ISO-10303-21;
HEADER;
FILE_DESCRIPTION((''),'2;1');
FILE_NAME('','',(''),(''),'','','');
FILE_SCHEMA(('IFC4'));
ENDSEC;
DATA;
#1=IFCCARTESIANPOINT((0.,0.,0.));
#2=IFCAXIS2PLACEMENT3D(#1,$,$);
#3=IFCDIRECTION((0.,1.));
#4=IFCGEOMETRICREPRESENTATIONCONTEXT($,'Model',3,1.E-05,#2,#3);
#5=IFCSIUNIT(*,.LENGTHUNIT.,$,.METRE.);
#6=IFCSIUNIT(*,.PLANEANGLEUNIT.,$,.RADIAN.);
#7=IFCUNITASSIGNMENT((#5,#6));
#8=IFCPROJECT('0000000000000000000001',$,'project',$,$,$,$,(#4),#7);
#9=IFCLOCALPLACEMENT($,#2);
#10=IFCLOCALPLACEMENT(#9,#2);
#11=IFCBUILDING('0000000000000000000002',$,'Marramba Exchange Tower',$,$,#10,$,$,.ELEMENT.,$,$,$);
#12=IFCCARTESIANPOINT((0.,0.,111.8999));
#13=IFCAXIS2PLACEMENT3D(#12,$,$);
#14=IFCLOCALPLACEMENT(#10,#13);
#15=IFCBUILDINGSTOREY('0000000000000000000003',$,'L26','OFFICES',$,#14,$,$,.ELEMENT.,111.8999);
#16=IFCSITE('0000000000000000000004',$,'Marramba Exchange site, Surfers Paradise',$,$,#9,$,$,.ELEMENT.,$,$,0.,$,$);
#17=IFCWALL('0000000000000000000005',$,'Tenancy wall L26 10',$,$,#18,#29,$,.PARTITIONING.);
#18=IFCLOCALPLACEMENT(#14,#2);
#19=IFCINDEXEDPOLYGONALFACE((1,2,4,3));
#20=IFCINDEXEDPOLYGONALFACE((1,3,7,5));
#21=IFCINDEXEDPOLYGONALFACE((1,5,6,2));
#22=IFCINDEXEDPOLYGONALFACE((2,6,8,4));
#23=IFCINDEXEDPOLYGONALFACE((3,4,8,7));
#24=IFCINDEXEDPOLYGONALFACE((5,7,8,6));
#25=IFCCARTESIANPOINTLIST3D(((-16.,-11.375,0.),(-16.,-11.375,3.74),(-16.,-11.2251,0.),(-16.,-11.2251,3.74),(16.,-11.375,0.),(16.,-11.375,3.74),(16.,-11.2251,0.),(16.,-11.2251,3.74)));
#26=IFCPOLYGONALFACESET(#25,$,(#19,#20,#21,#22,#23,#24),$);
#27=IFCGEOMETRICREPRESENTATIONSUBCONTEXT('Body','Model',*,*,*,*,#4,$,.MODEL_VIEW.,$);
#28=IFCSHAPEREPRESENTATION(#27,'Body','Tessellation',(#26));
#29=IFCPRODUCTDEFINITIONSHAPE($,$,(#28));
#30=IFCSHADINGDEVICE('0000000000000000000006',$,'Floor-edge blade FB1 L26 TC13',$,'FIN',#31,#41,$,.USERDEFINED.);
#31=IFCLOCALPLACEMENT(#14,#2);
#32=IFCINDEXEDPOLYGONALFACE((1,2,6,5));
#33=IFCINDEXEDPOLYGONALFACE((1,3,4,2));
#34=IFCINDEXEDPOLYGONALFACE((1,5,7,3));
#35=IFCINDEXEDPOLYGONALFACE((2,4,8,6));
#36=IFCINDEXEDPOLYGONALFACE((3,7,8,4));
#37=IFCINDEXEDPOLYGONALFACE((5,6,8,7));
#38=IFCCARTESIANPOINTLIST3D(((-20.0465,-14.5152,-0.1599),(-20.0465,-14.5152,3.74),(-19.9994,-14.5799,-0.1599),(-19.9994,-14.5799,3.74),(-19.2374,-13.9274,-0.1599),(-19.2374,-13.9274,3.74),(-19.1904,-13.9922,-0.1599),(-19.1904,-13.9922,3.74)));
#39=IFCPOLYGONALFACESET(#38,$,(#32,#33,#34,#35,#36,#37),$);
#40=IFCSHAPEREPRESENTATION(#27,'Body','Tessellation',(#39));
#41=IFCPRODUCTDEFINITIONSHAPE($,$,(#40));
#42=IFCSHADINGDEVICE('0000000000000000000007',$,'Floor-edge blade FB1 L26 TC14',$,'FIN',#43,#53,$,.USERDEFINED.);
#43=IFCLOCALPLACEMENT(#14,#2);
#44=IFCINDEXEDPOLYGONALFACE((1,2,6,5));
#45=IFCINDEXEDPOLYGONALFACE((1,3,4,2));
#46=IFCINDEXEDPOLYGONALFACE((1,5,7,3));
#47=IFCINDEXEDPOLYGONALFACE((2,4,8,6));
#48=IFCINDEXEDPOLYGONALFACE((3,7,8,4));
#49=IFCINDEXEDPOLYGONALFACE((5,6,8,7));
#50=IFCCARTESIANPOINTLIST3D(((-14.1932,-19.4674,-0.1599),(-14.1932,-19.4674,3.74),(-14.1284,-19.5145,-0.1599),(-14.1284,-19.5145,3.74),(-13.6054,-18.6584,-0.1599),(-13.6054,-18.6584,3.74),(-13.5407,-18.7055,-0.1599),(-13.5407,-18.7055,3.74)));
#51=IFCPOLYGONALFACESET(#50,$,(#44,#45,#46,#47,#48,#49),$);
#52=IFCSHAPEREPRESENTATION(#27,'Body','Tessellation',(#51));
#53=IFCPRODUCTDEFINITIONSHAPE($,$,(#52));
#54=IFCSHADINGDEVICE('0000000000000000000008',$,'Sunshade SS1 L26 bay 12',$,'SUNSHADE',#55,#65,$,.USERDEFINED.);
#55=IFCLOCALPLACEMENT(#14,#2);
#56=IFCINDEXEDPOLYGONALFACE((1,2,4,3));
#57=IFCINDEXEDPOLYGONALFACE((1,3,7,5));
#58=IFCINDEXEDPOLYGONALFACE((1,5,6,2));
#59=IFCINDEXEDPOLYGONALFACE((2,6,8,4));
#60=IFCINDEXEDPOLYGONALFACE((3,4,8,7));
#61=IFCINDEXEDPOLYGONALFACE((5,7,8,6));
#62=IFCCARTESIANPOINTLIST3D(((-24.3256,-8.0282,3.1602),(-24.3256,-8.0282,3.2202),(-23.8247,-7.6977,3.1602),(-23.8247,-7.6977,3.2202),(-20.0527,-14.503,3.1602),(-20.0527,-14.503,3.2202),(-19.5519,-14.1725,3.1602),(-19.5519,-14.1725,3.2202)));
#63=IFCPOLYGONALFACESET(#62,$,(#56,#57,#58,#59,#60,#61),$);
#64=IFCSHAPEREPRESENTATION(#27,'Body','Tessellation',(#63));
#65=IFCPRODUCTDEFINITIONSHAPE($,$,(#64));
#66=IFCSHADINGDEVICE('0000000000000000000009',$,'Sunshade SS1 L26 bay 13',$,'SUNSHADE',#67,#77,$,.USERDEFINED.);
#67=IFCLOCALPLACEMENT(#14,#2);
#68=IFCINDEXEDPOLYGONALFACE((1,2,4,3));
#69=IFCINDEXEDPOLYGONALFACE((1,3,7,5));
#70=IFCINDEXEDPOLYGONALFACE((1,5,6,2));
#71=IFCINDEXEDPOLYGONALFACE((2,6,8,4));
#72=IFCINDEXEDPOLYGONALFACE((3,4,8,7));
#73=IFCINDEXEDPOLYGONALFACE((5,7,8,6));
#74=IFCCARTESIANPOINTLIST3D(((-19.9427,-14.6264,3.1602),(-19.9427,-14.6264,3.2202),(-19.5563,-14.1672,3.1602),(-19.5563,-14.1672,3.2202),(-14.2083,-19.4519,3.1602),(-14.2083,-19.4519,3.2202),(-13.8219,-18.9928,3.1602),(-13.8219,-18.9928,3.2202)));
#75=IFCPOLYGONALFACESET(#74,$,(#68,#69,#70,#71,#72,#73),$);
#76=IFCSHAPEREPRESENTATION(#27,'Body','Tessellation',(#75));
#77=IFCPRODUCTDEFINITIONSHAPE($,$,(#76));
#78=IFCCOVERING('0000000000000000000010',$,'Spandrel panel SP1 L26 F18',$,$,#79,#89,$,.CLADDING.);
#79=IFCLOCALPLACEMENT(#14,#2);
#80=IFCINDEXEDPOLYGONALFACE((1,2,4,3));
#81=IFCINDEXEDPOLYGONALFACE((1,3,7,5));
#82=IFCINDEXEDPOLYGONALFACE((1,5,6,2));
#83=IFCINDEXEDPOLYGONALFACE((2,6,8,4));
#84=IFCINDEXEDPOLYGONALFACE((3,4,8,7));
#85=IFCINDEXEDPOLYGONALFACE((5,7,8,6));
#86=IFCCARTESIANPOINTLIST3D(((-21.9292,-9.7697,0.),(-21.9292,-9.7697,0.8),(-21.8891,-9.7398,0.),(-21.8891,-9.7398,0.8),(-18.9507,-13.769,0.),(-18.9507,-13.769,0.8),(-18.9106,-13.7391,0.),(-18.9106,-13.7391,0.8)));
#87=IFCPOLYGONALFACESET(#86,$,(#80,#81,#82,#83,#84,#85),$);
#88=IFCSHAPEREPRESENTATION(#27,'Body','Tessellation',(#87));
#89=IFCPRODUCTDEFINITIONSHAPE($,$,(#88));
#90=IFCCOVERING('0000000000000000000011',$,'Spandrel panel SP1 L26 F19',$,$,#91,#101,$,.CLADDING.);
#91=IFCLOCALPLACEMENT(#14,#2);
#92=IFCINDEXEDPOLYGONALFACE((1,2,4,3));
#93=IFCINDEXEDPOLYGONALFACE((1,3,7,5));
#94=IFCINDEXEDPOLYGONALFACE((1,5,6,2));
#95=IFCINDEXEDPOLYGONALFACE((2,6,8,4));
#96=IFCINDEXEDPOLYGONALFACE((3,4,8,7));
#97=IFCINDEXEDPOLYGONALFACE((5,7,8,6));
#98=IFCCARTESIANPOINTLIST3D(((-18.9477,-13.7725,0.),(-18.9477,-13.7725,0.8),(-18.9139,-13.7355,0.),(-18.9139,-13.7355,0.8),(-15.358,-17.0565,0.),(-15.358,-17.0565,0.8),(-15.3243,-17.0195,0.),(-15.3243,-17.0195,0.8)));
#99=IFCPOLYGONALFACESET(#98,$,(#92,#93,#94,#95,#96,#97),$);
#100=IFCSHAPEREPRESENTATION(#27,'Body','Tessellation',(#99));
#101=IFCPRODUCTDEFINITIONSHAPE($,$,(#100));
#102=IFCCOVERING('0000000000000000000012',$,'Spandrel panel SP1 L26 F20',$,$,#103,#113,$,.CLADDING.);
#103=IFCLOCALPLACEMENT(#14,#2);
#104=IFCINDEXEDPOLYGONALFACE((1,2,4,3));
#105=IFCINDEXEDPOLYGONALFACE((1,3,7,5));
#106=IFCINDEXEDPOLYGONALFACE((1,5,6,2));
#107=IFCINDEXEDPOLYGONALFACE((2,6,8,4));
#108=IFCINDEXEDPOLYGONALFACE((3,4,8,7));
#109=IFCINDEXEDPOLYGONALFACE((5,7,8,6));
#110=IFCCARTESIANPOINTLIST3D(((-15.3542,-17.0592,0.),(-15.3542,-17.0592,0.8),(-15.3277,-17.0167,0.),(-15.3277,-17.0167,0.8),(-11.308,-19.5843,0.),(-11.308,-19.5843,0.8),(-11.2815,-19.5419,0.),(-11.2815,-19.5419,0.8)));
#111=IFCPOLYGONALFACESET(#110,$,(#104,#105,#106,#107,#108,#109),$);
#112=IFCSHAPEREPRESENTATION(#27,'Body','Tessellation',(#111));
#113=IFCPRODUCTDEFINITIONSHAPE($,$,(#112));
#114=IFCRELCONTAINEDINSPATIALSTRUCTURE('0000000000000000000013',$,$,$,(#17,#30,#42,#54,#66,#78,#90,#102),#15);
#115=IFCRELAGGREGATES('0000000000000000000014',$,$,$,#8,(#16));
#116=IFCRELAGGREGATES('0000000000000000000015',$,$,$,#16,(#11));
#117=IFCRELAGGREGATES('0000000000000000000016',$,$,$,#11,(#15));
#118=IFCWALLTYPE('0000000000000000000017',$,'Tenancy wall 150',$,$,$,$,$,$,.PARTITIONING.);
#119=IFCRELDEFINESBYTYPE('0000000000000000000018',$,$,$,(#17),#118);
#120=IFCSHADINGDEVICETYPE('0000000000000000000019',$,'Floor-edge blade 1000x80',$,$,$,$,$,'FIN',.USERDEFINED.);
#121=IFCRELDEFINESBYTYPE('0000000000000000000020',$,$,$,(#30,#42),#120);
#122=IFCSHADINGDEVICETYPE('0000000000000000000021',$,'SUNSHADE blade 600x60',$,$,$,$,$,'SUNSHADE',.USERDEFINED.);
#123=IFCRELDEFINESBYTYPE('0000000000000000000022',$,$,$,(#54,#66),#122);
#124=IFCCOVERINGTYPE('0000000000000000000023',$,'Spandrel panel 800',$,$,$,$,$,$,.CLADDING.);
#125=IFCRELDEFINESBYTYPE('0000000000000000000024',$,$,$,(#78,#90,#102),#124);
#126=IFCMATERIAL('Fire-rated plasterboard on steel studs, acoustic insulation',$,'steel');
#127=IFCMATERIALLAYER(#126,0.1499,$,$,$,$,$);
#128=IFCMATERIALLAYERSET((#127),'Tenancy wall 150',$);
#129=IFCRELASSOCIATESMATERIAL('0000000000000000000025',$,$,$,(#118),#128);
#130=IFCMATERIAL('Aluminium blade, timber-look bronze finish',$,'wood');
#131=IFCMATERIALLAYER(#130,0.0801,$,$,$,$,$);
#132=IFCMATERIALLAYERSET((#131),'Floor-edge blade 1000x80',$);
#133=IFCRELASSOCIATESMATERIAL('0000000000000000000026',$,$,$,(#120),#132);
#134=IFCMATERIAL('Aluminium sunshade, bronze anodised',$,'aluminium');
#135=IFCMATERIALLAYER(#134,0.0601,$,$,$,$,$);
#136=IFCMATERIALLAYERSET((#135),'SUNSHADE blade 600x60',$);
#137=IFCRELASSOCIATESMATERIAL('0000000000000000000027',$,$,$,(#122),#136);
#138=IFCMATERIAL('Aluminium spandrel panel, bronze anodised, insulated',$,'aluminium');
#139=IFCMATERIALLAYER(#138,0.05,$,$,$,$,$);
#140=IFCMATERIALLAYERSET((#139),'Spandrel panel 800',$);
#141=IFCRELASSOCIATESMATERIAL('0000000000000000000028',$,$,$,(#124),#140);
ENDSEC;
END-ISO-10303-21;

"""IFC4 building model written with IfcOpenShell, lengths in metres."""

from ifc_helpers import new_model, si_unit, direction, frame, frame_2d, origin, origin_2d, place, context, subcontext, project, spatial, rectangle, extrude, material, layer, layer_set, type_object, element, save


model = new_model("IFC4")

# Units and contexts
model_context = context("Model", 3, precision=1e-05, world=origin(), true_north=direction((0.0, 1.0)))
body_context = subcontext(model_context, "Body", "Model", "MODEL_VIEW")
ifc_project = project(units=[si_unit("LENGTHUNIT", "METRE"), si_unit("PLANEANGLEUNIT", "RADIAN")], contexts=[model_context])

# Site, building, storey
site_placement = place(None, origin())
site = spatial("IfcSite", under=ifc_project, at=site_placement, Name="Marramba Exchange site, Surfers Paradise", CompositionType="ELEMENT", RefElevation=0.0)
building_placement = place(site_placement, origin())
building = spatial("IfcBuilding", under=site, at=building_placement, Name="Marramba Exchange Tower", CompositionType="ELEMENT")
storey_placement = place(building_placement, frame((0.0, 0.0, 111.8999)))
storey = spatial("IfcBuildingStorey", under=building, at=storey_placement, Name="L26", Description="OFFICES", CompositionType="ELEMENT", Elevation=111.8999)

# Wall
ifc_material_1 = material(Name="Fire-rated plasterboard on steel studs, acoustic insulation", Category="steel")
ifc_layer_1 = layer(ifc_material_1, 0.1499)
ifc_layer_set_1 = layer_set([ifc_layer_1], Name="Tenancy wall 150")
wall_type_1 = type_object("IfcWallType", Name="Tenancy wall 150", PredefinedType="PARTITIONING", material=ifc_layer_set_1)
wall_1_placement = place(storey_placement, frame((-16.0, -11.3, 0.0), z_axis=(0.0, 0.0, 1.0), x_axis=(1.0, 0.0, 0.0)))
element("IfcWall", 1, at=wall_1_placement, inside=storey, type_object=wall_type_1, Name="Tenancy wall L26 10", PredefinedType="PARTITIONING", context=body_context, shape_type="SweptSolid", body=[
    extrude(rectangle(XDim=32.0, YDim=0.1499, at=frame_2d((16.0, 0.0))), origin(), (0.0, 0.0, 1.0), 3.74),
])

# Shading devices
ifc_material_2 = material(Name="Aluminium blade, timber-look bronze finish", Category="wood")
ifc_layer_2 = layer(ifc_material_2, 0.0801)
ifc_layer_set_2 = layer_set([ifc_layer_2], Name="Floor-edge blade 1000x80")
shading_device_type_1 = type_object("IfcShadingDeviceType", Name="Floor-edge blade 1000x80", ElementType="FIN", PredefinedType="USERDEFINED", material=ifc_layer_set_2)
for number, where, z_axis, x_axis, name in (
    (2, (-19.6184, -14.2537, -0.1599), (0.0, 0.0, 1.0), (-0.809017, -0.587785, 0.0), "Floor-edge blade FB1 L26 TC13"),
    (3, (-13.8669, -19.0864, -0.1599), (0.0, 0.0, 1.0), (-0.587785, -0.809017, 0.0), "Floor-edge blade FB1 L26 TC14"),
):
    element("IfcShadingDevice", number, at=place(storey_placement, frame(where, z_axis=z_axis, x_axis=x_axis)), inside=storey, type_object=shading_device_type_1, Name=name, ObjectType="FIN", PredefinedType="USERDEFINED", context=body_context, shape_type="SweptSolid", body=[
        extrude(rectangle(XDim=1.0, YDim=0.0801, at=origin_2d()), origin(), (0.0, 0.0, 1.0), 3.8999),
    ])
ifc_material_3 = material(Name="Aluminium sunshade, bronze anodised", Category="aluminium")
ifc_layer_3 = layer(ifc_material_3, 0.0601)
ifc_layer_set_3 = layer_set([ifc_layer_3], Name="SUNSHADE blade 600x60")
shading_device_type_2 = type_object("IfcShadingDeviceType", Name="SUNSHADE blade 600x60", ElementType="SUNSHADE", PredefinedType="USERDEFINED", material=ifc_layer_set_3)
shading_device_1_placement = place(storey_placement, frame((-21.9387, -11.1003, 3.1602), z_axis=(0.0, 0.0, 1.0), x_axis=(0.550792, -0.834642, 0.0)))
element("IfcShadingDevice", 4, at=shading_device_1_placement, inside=storey, type_object=shading_device_type_2, Name="Sunshade SS1 L26 bay 12", ObjectType="SUNSHADE", PredefinedType="USERDEFINED", context=body_context, shape_type="SweptSolid", body=[
    extrude(rectangle(XDim=7.7576, YDim=0.6001, at=origin_2d()), origin(), (0.0, 0.0, 1.0), 0.0601),
])
shading_device_2_placement = place(storey_placement, frame((-16.8823, -16.8096, 3.1602), z_axis=(0.0, 0.0, 1.0), x_axis=(0.765139, -0.643866, 0.0)))
element("IfcShadingDevice", 5, at=shading_device_2_placement, inside=storey, type_object=shading_device_type_2, Name="Sunshade SS1 L26 bay 13", ObjectType="SUNSHADE", PredefinedType="USERDEFINED", context=body_context, shape_type="SweptSolid", body=[
    extrude(rectangle(XDim=7.4946, YDim=0.6001, at=origin_2d()), origin(), (0.0, 0.0, 1.0), 0.0601),
])

# Coverings
ifc_material_4 = material(Name="Aluminium spandrel panel, bronze anodised, insulated", Category="aluminium")
ifc_layer_4 = layer(ifc_material_4, 0.05)
ifc_layer_set_4 = layer_set([ifc_layer_4], Name="Spandrel panel 800")
covering_type = type_object("IfcCoveringType", Name="Spandrel panel 800", PredefinedType="CLADDING", material=ifc_layer_set_4)
covering_1_placement = place(storey_placement, frame((-20.4199, -11.7544, 0.0), z_axis=(0.0, 0.0, 1.0), x_axis=(0.597305, -0.802014, 0.0)))
element("IfcCovering", 6, at=covering_1_placement, inside=storey, type_object=covering_type, Name="Spandrel panel SP1 L26 F18", PredefinedType="CLADDING", context=body_context, shape_type="SweptSolid", body=[
    extrude(rectangle(XDim=4.9866, YDim=0.05, at=origin_2d()), origin(), (0.0, 0.0, 1.0), 0.8),
])
covering_2_placement = place(storey_placement, frame((-17.136, -15.396, 0.0), z_axis=(0.0, 0.0, 1.0), x_axis=(0.737822, -0.674995, 0.0)))
element("IfcCovering", 7, at=covering_2_placement, inside=storey, type_object=covering_type, Name="Spandrel panel SP1 L26 F19", PredefinedType="CLADDING", context=body_context, shape_type="SweptSolid", body=[
    extrude(rectangle(XDim=4.8652, YDim=0.05, at=origin_2d()), origin(), (0.0, 0.0, 1.0), 0.8),
])
covering_3_placement = place(storey_placement, frame((-13.3179, -18.3005, 0.0), z_axis=(0.0, 0.0, 1.0), x_axis=(0.848355, -0.529428, 0.0)))
element("IfcCovering", 8, at=covering_3_placement, inside=storey, type_object=covering_type, Name="Spandrel panel SP1 L26 F20", PredefinedType="CLADDING", context=body_context, shape_type="SweptSolid", body=[
    extrude(rectangle(XDim=4.7695, YDim=0.05, at=origin_2d()), origin(), (0.0, 0.0, 1.0), 0.8),
])

save(model, "model.ifc")
